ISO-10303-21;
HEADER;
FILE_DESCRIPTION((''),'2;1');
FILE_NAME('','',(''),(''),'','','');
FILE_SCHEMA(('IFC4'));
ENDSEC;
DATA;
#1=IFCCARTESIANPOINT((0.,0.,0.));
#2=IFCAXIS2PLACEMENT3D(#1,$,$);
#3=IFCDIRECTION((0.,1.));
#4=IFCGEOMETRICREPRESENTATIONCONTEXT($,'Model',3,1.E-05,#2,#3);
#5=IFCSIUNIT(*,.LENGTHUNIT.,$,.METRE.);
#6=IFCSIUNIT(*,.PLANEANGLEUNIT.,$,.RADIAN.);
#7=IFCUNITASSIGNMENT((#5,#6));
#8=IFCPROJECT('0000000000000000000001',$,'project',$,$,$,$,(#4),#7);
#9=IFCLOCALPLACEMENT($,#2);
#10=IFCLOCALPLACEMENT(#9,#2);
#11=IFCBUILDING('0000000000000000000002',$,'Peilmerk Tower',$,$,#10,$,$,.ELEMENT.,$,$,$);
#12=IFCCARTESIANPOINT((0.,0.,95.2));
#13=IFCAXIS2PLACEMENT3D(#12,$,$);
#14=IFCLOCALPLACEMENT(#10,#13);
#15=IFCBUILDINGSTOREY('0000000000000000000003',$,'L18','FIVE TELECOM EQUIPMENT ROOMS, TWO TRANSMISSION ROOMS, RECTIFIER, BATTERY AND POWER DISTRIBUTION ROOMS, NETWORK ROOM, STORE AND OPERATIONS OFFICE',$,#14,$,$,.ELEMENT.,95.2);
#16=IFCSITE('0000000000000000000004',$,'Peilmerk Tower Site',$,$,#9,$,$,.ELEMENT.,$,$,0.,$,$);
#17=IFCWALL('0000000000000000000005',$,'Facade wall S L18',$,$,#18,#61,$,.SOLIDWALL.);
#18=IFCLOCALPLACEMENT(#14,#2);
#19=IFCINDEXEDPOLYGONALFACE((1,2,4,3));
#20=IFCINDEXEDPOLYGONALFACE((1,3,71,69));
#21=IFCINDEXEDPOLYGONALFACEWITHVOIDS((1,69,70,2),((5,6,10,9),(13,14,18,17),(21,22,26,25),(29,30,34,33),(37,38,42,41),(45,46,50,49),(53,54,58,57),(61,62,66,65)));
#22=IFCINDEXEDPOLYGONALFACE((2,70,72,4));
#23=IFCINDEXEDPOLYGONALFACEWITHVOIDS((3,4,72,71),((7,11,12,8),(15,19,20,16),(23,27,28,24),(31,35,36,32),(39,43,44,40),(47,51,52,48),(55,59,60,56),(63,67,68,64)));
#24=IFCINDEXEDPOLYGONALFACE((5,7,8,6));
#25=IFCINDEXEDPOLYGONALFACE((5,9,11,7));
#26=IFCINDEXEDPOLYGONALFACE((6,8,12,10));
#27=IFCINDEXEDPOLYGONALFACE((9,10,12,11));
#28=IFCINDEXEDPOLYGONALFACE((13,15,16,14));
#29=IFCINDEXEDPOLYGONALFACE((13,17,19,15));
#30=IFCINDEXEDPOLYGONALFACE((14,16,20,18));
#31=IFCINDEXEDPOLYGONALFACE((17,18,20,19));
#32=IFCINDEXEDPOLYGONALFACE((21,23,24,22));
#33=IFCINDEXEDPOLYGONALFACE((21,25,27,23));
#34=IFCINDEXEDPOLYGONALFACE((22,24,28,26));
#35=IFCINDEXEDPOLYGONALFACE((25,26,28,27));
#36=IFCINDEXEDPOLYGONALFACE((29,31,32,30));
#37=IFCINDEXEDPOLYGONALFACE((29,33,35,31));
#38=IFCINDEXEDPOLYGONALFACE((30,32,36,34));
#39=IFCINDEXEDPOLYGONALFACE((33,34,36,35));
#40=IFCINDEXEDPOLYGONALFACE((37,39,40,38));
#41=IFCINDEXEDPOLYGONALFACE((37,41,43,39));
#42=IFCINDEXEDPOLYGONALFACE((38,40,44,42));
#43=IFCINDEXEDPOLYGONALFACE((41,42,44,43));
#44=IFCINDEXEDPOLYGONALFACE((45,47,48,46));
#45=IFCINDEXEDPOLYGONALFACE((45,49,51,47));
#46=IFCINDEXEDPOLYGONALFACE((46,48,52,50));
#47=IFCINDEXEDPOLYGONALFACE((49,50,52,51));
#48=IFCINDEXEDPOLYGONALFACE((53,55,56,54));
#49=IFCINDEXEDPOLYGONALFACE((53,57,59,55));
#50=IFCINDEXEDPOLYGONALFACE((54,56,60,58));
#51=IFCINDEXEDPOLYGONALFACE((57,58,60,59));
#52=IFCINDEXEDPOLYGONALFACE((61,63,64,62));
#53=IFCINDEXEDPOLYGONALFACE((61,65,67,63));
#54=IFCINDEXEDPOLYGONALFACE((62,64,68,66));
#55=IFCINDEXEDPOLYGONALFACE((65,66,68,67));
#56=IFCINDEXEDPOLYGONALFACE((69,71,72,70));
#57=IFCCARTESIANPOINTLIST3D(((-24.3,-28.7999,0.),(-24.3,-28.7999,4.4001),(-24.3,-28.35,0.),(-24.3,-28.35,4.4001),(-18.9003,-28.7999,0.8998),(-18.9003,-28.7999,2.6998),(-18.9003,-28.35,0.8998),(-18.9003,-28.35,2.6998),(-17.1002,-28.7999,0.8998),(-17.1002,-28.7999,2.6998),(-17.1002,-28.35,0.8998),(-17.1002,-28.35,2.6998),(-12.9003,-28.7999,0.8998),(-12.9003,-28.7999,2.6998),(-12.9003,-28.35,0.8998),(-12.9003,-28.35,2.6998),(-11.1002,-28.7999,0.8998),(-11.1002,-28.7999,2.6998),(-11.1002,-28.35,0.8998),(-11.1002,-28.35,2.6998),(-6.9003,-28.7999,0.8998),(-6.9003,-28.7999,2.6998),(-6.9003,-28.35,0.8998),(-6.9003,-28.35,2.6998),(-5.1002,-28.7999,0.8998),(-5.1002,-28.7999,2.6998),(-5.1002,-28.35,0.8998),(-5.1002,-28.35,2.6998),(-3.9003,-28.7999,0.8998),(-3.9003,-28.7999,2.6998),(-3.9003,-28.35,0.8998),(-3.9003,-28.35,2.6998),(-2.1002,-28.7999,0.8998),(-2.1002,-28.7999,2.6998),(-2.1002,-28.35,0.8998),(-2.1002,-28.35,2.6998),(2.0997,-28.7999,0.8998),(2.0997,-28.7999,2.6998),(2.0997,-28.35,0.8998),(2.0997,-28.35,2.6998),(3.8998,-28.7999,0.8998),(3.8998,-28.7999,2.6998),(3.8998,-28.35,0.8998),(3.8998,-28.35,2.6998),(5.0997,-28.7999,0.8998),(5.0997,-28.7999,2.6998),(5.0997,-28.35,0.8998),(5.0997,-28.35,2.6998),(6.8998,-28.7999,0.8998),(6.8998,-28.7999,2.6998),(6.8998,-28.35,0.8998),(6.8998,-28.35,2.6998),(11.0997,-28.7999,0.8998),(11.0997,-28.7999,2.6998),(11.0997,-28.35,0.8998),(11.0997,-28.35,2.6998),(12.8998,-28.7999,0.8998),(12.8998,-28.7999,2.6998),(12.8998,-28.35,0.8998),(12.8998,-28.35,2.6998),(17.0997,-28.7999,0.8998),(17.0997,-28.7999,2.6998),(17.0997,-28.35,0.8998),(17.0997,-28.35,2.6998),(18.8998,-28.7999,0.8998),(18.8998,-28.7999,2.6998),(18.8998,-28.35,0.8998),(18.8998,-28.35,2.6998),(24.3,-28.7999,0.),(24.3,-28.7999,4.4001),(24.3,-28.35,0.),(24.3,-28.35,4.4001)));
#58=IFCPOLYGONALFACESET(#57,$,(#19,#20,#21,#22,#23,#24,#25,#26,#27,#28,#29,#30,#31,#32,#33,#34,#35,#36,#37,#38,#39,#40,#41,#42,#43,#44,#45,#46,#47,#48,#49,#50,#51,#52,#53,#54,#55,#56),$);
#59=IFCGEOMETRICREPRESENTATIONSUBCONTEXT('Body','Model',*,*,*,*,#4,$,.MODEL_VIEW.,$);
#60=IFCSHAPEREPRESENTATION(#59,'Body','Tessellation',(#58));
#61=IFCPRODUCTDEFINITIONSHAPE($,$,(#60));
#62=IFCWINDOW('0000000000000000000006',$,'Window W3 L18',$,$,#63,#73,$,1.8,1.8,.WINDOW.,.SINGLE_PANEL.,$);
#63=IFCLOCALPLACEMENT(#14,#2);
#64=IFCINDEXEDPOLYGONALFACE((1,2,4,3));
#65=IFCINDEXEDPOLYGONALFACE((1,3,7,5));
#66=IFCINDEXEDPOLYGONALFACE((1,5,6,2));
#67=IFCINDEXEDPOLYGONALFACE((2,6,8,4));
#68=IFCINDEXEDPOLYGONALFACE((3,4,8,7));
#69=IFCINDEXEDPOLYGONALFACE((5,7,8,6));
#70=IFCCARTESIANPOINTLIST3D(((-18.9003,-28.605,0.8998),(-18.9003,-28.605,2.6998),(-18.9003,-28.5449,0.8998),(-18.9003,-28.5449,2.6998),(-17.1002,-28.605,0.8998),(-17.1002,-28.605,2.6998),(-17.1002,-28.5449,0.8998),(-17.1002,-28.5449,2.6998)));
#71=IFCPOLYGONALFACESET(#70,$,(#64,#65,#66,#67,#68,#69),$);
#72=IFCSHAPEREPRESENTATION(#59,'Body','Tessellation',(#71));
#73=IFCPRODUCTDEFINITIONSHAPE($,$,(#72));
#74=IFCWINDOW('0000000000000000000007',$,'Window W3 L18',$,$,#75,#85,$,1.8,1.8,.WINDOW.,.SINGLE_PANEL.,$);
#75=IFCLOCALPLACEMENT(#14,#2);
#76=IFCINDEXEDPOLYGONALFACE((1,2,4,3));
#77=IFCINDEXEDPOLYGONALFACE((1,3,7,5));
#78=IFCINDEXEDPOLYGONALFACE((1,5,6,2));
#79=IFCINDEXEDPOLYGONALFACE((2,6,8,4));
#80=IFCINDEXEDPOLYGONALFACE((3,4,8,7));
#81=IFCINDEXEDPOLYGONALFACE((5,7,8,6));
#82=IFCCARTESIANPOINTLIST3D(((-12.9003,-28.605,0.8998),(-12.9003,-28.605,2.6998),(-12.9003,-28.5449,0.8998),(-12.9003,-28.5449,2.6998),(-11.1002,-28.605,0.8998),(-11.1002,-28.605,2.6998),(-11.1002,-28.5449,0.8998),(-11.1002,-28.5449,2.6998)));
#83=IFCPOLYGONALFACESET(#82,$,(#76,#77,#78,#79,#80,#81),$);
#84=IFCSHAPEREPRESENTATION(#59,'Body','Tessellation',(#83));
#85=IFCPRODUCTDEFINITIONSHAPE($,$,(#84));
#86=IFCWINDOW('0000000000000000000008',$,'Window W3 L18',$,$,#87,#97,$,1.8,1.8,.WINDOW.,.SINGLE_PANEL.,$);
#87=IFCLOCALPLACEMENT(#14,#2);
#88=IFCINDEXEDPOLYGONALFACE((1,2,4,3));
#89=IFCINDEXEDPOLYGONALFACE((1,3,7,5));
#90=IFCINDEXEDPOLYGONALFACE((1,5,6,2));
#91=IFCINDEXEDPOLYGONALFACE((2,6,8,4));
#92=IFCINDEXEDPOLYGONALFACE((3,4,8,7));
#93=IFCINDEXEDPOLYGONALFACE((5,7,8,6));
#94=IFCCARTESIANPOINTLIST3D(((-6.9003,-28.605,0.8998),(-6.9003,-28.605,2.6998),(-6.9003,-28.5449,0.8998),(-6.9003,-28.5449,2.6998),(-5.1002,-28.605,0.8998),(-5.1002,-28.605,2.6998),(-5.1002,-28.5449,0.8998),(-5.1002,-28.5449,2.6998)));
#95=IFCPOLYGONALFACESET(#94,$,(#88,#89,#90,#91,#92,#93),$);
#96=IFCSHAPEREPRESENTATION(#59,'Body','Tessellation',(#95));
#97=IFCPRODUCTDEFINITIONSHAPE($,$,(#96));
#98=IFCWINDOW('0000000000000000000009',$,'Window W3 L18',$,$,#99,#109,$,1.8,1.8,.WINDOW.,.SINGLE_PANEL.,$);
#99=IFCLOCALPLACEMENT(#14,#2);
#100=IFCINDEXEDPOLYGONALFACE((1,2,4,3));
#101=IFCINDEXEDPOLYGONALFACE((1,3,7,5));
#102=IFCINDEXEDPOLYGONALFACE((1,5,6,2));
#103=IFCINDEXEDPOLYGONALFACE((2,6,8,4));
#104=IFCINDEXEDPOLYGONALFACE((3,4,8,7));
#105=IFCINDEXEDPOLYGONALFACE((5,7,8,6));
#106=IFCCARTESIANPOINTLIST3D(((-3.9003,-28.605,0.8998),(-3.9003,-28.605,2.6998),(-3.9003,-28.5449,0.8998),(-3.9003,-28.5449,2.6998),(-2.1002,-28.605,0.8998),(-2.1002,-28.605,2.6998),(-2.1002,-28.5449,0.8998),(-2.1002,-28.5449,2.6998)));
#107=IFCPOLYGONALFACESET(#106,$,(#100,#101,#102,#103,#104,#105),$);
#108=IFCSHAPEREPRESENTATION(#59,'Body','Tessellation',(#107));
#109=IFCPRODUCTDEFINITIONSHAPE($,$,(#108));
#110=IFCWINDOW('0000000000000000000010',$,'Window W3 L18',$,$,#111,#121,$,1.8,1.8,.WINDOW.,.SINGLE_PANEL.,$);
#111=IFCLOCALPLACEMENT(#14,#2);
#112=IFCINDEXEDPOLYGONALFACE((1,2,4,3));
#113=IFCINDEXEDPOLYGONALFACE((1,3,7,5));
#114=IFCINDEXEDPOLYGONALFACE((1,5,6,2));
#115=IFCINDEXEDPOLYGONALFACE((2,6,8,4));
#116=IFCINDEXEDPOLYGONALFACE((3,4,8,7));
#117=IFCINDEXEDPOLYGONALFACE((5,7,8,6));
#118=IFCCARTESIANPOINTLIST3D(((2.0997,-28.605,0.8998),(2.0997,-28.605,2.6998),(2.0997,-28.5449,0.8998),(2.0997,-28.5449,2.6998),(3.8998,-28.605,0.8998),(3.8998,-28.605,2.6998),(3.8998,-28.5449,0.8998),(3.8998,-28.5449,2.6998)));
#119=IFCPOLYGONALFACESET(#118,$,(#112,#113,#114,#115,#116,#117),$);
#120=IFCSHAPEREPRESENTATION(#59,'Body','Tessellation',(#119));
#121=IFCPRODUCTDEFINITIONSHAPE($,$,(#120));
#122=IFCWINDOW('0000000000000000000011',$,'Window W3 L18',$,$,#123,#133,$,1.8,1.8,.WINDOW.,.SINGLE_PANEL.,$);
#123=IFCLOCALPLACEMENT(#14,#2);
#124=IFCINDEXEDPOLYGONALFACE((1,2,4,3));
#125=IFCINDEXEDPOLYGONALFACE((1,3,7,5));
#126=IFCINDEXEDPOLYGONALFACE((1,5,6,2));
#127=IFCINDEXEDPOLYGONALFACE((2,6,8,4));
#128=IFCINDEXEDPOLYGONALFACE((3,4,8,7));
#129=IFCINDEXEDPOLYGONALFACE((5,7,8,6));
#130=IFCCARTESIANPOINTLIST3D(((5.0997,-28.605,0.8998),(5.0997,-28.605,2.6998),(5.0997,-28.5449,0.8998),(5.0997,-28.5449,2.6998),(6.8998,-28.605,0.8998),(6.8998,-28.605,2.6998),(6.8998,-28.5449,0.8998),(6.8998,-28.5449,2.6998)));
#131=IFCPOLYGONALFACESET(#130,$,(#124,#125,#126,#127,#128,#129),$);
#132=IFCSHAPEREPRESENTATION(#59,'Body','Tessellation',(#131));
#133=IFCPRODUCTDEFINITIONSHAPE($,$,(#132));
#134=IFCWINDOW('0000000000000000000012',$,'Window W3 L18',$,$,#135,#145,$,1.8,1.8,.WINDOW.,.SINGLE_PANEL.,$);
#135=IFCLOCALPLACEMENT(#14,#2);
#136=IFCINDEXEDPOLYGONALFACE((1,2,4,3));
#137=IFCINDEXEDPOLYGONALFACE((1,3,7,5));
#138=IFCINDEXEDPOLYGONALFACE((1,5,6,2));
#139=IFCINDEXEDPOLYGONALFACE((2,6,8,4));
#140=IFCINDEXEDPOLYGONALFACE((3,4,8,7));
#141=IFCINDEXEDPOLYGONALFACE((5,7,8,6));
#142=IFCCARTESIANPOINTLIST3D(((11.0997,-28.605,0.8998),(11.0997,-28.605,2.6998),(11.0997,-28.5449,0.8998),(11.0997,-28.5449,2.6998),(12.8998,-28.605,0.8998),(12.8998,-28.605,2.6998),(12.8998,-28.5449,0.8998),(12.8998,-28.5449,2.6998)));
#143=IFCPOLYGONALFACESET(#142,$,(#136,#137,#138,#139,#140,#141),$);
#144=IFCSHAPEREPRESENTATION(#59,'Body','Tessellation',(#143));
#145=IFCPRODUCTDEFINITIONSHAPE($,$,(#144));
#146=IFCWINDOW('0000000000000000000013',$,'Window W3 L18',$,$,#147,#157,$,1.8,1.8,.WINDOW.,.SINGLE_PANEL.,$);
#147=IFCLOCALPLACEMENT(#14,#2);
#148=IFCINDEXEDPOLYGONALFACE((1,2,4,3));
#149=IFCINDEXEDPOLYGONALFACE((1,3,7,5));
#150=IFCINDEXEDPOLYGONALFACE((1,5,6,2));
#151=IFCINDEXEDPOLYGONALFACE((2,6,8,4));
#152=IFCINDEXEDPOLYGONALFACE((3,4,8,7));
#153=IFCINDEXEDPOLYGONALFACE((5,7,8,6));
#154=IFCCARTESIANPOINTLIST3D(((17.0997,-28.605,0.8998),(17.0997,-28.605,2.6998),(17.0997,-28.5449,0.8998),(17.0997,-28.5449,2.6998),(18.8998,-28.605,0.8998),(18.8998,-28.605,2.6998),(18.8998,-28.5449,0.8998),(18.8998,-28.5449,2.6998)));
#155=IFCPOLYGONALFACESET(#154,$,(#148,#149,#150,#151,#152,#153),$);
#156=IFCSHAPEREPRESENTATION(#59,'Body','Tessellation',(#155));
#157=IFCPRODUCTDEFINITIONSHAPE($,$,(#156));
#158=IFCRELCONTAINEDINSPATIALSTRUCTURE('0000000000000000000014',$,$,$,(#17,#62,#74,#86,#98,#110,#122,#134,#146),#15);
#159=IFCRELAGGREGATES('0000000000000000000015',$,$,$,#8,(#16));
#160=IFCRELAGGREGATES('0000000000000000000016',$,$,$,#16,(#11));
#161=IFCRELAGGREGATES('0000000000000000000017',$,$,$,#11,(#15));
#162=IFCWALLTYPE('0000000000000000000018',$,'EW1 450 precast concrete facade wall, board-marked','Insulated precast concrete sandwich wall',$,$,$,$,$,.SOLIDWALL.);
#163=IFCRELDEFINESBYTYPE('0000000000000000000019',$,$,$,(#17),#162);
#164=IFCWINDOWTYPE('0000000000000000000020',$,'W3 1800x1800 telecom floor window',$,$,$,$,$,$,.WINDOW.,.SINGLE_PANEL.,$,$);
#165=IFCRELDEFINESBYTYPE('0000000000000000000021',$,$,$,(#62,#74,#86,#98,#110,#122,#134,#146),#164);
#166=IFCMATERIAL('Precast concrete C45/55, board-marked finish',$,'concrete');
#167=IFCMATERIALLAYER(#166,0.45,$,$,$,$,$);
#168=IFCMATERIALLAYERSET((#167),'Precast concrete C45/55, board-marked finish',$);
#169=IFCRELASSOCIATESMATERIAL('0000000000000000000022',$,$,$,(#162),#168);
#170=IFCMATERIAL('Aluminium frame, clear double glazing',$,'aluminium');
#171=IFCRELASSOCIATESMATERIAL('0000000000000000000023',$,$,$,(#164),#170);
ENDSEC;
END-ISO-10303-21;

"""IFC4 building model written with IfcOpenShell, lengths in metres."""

from ifc_helpers import new_model, si_unit, direction, frame, frame_2d, origin, place, context, subcontext, project, spatial, rectangle, extrude, material, layer, layer_set, type_object, element, fill, save


model = new_model("IFC4")

# Units and contexts
model_context = context("Model", 3, precision=1e-05, world=origin(), true_north=direction((0.0, 1.0)))
body_context = subcontext(model_context, "Body", "Model", "MODEL_VIEW")
ifc_project = project(units=[si_unit("LENGTHUNIT", "METRE"), si_unit("PLANEANGLEUNIT", "RADIAN")], contexts=[model_context])

# Site, building, storey
site_placement = place(None, origin())
site = spatial("IfcSite", under=ifc_project, at=site_placement, Name="Peilmerk Tower Site", CompositionType="ELEMENT", RefElevation=0.0)
building_placement = place(site_placement, origin())
building = spatial("IfcBuilding", under=site, at=building_placement, Name="Peilmerk Tower", CompositionType="ELEMENT")
storey_placement = place(building_placement, frame((0.0, 0.0, 95.2)))
storey = spatial("IfcBuildingStorey", under=building, at=storey_placement, Name="L18", Description="FIVE TELECOM EQUIPMENT ROOMS, TWO TRANSMISSION ROOMS, RECTIFIER, BATTERY AND POWER DISTRIBUTION ROOMS, NETWORK ROOM, STORE AND OPERATIONS OFFICE", CompositionType="ELEMENT", Elevation=95.2)

# Wall, openings, windows
ifc_material_1 = material(Name="Precast concrete C45/55, board-marked finish", Category="concrete")
ifc_layer = layer(ifc_material_1, 0.45)
ifc_layer_set = layer_set([ifc_layer], Name="Precast concrete C45/55, board-marked finish")
wall_type = type_object("IfcWallType", Name="EW1 450 precast concrete facade wall, board-marked", Description="Insulated precast concrete sandwich wall", PredefinedType="SOLIDWALL", material=ifc_layer_set)
wall_1_placement = place(storey_placement, frame((-24.3, -28.575, 0.0), z_axis=(0.0, 0.0, 1.0), x_axis=(1.0, 0.0, 0.0)))
wall_1 = element("IfcWall", 1, at=wall_1_placement, inside=storey, type_object=wall_type, Name="Facade wall S L18", PredefinedType="SOLIDWALL", context=body_context, shape_type="SweptSolid", body=[
    extrude(rectangle(XDim=48.6001, YDim=0.45, at=frame_2d((24.3, 0.0))), origin(), (0.0, 0.0, 1.0), 4.4001),
])
opening_1_placement = place(wall_1_placement, frame((5.3999, 0.0, 0.8999)))
opening_1 = element("IfcOpeningElement", 2, at=opening_1_placement, cuts=wall_1, PredefinedType="OPENING", context=body_context, shape_type="SweptSolid", body=[
    extrude(rectangle(XDim=1.8, YDim=1.8, at=frame_2d((0.8999, 0.8999))), frame((0.0, 0.2349, 0.0), z_axis=(0.0, -1.0, 0.0), x_axis=(1.0, 0.0, 0.0)), (0.0, 0.0, 1.0), 0.47),
])
opening_2_placement = place(wall_1_placement, frame((11.3999, 0.0, 0.8999)))
opening_2 = element("IfcOpeningElement", 3, at=opening_2_placement, cuts=wall_1, PredefinedType="OPENING", context=body_context, shape_type="SweptSolid", body=[
    extrude(rectangle(XDim=1.8, YDim=1.8, at=frame_2d((0.8999, 0.8999))), frame((0.0, 0.2349, 0.0), z_axis=(0.0, -1.0, 0.0), x_axis=(1.0, 0.0, 0.0)), (0.0, 0.0, 1.0), 0.47),
])
opening_3_placement = place(wall_1_placement, frame((17.3999, 0.0, 0.8999)))
opening_3 = element("IfcOpeningElement", 4, at=opening_3_placement, cuts=wall_1, PredefinedType="OPENING", context=body_context, shape_type="SweptSolid", body=[
    extrude(rectangle(XDim=1.8, YDim=1.8, at=frame_2d((0.8999, 0.8999))), frame((0.0, 0.2349, 0.0), z_axis=(0.0, -1.0, 0.0), x_axis=(1.0, 0.0, 0.0)), (0.0, 0.0, 1.0), 0.47),
])
opening_4_placement = place(wall_1_placement, frame((20.3999, 0.0, 0.8999)))
opening_4 = element("IfcOpeningElement", 5, at=opening_4_placement, cuts=wall_1, PredefinedType="OPENING", context=body_context, shape_type="SweptSolid", body=[
    extrude(rectangle(XDim=1.8, YDim=1.8, at=frame_2d((0.8999, 0.8999))), frame((0.0, 0.2349, 0.0), z_axis=(0.0, -1.0, 0.0), x_axis=(1.0, 0.0, 0.0)), (0.0, 0.0, 1.0), 0.47),
])
opening_5_placement = place(wall_1_placement, frame((26.3999, 0.0, 0.8999)))
opening_5 = element("IfcOpeningElement", 6, at=opening_5_placement, cuts=wall_1, PredefinedType="OPENING", context=body_context, shape_type="SweptSolid", body=[
    extrude(rectangle(XDim=1.8, YDim=1.8, at=frame_2d((0.8999, 0.8999))), frame((0.0, 0.2349, 0.0), z_axis=(0.0, -1.0, 0.0), x_axis=(1.0, 0.0, 0.0)), (0.0, 0.0, 1.0), 0.47),
])
opening_6_placement = place(wall_1_placement, frame((29.3999, 0.0, 0.8999)))
opening_6 = element("IfcOpeningElement", 7, at=opening_6_placement, cuts=wall_1, PredefinedType="OPENING", context=body_context, shape_type="SweptSolid", body=[
    extrude(rectangle(XDim=1.8, YDim=1.8, at=frame_2d((0.8999, 0.8999))), frame((0.0, 0.2349, 0.0), z_axis=(0.0, -1.0, 0.0), x_axis=(1.0, 0.0, 0.0)), (0.0, 0.0, 1.0), 0.47),
])
opening_7_placement = place(wall_1_placement, frame((35.3999, 0.0, 0.8999)))
opening_7 = element("IfcOpeningElement", 8, at=opening_7_placement, cuts=wall_1, PredefinedType="OPENING", context=body_context, shape_type="SweptSolid", body=[
    extrude(rectangle(XDim=1.8, YDim=1.8, at=frame_2d((0.8999, 0.8999))), frame((0.0, 0.2349, 0.0), z_axis=(0.0, -1.0, 0.0), x_axis=(1.0, 0.0, 0.0)), (0.0, 0.0, 1.0), 0.47),
])
opening_8_placement = place(wall_1_placement, frame((41.3999, 0.0, 0.8999)))
opening_8 = element("IfcOpeningElement", 9, at=opening_8_placement, cuts=wall_1, PredefinedType="OPENING", context=body_context, shape_type="SweptSolid", body=[
    extrude(rectangle(XDim=1.8, YDim=1.8, at=frame_2d((0.8999, 0.8999))), frame((0.0, 0.2349, 0.0), z_axis=(0.0, -1.0, 0.0), x_axis=(1.0, 0.0, 0.0)), (0.0, 0.0, 1.0), 0.47),
])
ifc_material_2 = material(Name="Aluminium frame, clear double glazing", Category="aluminium")
window_type = type_object("IfcWindowType", Name="W3 1800x1800 telecom floor window", PartitioningType="SINGLE_PANEL", PredefinedType="WINDOW", material=ifc_material_2)
window_1_placement = place(opening_1_placement, origin())
window_1 = element("IfcWindow", 10, at=window_1_placement, inside=storey, type_object=window_type, Name="Window W3 L18", OverallHeight=1.8, OverallWidth=1.8, PartitioningType="SINGLE_PANEL", PredefinedType="WINDOW", context=body_context, shape_type="SweptSolid", body=[
    extrude(rectangle(XDim=1.8, YDim=1.8, at=frame_2d((0.8999, 0.8999))), frame((0.0, 0.03, 0.0), z_axis=(0.0, -1.0, 0.0), x_axis=(1.0, 0.0, 0.0)), (0.0, 0.0, 1.0), 0.0601),
])
fill(opening_1, window_1)
window_2_placement = place(opening_2_placement, origin())
window_2 = element("IfcWindow", 11, at=window_2_placement, inside=storey, type_object=window_type, Name="Window W3 L18", OverallHeight=1.8, OverallWidth=1.8, PartitioningType="SINGLE_PANEL", PredefinedType="WINDOW", context=body_context, shape_type="SweptSolid", body=[
    extrude(rectangle(XDim=1.8, YDim=1.8, at=frame_2d((0.8999, 0.8999))), frame((0.0, 0.03, 0.0), z_axis=(0.0, -1.0, 0.0), x_axis=(1.0, 0.0, 0.0)), (0.0, 0.0, 1.0), 0.0601),
])
fill(opening_2, window_2)
window_3_placement = place(opening_3_placement, origin())
window_3 = element("IfcWindow", 12, at=window_3_placement, inside=storey, type_object=window_type, Name="Window W3 L18", OverallHeight=1.8, OverallWidth=1.8, PartitioningType="SINGLE_PANEL", PredefinedType="WINDOW", context=body_context, shape_type="SweptSolid", body=[
    extrude(rectangle(XDim=1.8, YDim=1.8, at=frame_2d((0.8999, 0.8999))), frame((0.0, 0.03, 0.0), z_axis=(0.0, -1.0, 0.0), x_axis=(1.0, 0.0, 0.0)), (0.0, 0.0, 1.0), 0.0601),
])
fill(opening_3, window_3)
window_4_placement = place(opening_4_placement, origin())
window_4 = element("IfcWindow", 13, at=window_4_placement, inside=storey, type_object=window_type, Name="Window W3 L18", OverallHeight=1.8, OverallWidth=1.8, PartitioningType="SINGLE_PANEL", PredefinedType="WINDOW", context=body_context, shape_type="SweptSolid", body=[
    extrude(rectangle(XDim=1.8, YDim=1.8, at=frame_2d((0.8999, 0.8999))), frame((0.0, 0.03, 0.0), z_axis=(0.0, -1.0, 0.0), x_axis=(1.0, 0.0, 0.0)), (0.0, 0.0, 1.0), 0.0601),
])
fill(opening_4, window_4)
window_5_placement = place(opening_5_placement, origin())
window_5 = element("IfcWindow", 14, at=window_5_placement, inside=storey, type_object=window_type, Name="Window W3 L18", OverallHeight=1.8, OverallWidth=1.8, PartitioningType="SINGLE_PANEL", PredefinedType="WINDOW", context=body_context, shape_type="SweptSolid", body=[
    extrude(rectangle(XDim=1.8, YDim=1.8, at=frame_2d((0.8999, 0.8999))), frame((0.0, 0.03, 0.0), z_axis=(0.0, -1.0, 0.0), x_axis=(1.0, 0.0, 0.0)), (0.0, 0.0, 1.0), 0.0601),
])
fill(opening_5, window_5)
window_6_placement = place(opening_6_placement, origin())
window_6 = element("IfcWindow", 15, at=window_6_placement, inside=storey, type_object=window_type, Name="Window W3 L18", OverallHeight=1.8, OverallWidth=1.8, PartitioningType="SINGLE_PANEL", PredefinedType="WINDOW", context=body_context, shape_type="SweptSolid", body=[
    extrude(rectangle(XDim=1.8, YDim=1.8, at=frame_2d((0.8999, 0.8999))), frame((0.0, 0.03, 0.0), z_axis=(0.0, -1.0, 0.0), x_axis=(1.0, 0.0, 0.0)), (0.0, 0.0, 1.0), 0.0601),
])
fill(opening_6, window_6)
window_7_placement = place(opening_7_placement, origin())
window_7 = element("IfcWindow", 16, at=window_7_placement, inside=storey, type_object=window_type, Name="Window W3 L18", OverallHeight=1.8, OverallWidth=1.8, PartitioningType="SINGLE_PANEL", PredefinedType="WINDOW", context=body_context, shape_type="SweptSolid", body=[
    extrude(rectangle(XDim=1.8, YDim=1.8, at=frame_2d((0.8999, 0.8999))), frame((0.0, 0.03, 0.0), z_axis=(0.0, -1.0, 0.0), x_axis=(1.0, 0.0, 0.0)), (0.0, 0.0, 1.0), 0.0601),
])
fill(opening_7, window_7)
window_8_placement = place(opening_8_placement, origin())
window_8 = element("IfcWindow", 17, at=window_8_placement, inside=storey, type_object=window_type, Name="Window W3 L18", OverallHeight=1.8, OverallWidth=1.8, PartitioningType="SINGLE_PANEL", PredefinedType="WINDOW", context=body_context, shape_type="SweptSolid", body=[
    extrude(rectangle(XDim=1.8, YDim=1.8, at=frame_2d((0.8999, 0.8999))), frame((0.0, 0.03, 0.0), z_axis=(0.0, -1.0, 0.0), x_axis=(1.0, 0.0, 0.0)), (0.0, 0.0, 1.0), 0.0601),
])
fill(opening_8, window_8)

save(model, "model.ifc")
